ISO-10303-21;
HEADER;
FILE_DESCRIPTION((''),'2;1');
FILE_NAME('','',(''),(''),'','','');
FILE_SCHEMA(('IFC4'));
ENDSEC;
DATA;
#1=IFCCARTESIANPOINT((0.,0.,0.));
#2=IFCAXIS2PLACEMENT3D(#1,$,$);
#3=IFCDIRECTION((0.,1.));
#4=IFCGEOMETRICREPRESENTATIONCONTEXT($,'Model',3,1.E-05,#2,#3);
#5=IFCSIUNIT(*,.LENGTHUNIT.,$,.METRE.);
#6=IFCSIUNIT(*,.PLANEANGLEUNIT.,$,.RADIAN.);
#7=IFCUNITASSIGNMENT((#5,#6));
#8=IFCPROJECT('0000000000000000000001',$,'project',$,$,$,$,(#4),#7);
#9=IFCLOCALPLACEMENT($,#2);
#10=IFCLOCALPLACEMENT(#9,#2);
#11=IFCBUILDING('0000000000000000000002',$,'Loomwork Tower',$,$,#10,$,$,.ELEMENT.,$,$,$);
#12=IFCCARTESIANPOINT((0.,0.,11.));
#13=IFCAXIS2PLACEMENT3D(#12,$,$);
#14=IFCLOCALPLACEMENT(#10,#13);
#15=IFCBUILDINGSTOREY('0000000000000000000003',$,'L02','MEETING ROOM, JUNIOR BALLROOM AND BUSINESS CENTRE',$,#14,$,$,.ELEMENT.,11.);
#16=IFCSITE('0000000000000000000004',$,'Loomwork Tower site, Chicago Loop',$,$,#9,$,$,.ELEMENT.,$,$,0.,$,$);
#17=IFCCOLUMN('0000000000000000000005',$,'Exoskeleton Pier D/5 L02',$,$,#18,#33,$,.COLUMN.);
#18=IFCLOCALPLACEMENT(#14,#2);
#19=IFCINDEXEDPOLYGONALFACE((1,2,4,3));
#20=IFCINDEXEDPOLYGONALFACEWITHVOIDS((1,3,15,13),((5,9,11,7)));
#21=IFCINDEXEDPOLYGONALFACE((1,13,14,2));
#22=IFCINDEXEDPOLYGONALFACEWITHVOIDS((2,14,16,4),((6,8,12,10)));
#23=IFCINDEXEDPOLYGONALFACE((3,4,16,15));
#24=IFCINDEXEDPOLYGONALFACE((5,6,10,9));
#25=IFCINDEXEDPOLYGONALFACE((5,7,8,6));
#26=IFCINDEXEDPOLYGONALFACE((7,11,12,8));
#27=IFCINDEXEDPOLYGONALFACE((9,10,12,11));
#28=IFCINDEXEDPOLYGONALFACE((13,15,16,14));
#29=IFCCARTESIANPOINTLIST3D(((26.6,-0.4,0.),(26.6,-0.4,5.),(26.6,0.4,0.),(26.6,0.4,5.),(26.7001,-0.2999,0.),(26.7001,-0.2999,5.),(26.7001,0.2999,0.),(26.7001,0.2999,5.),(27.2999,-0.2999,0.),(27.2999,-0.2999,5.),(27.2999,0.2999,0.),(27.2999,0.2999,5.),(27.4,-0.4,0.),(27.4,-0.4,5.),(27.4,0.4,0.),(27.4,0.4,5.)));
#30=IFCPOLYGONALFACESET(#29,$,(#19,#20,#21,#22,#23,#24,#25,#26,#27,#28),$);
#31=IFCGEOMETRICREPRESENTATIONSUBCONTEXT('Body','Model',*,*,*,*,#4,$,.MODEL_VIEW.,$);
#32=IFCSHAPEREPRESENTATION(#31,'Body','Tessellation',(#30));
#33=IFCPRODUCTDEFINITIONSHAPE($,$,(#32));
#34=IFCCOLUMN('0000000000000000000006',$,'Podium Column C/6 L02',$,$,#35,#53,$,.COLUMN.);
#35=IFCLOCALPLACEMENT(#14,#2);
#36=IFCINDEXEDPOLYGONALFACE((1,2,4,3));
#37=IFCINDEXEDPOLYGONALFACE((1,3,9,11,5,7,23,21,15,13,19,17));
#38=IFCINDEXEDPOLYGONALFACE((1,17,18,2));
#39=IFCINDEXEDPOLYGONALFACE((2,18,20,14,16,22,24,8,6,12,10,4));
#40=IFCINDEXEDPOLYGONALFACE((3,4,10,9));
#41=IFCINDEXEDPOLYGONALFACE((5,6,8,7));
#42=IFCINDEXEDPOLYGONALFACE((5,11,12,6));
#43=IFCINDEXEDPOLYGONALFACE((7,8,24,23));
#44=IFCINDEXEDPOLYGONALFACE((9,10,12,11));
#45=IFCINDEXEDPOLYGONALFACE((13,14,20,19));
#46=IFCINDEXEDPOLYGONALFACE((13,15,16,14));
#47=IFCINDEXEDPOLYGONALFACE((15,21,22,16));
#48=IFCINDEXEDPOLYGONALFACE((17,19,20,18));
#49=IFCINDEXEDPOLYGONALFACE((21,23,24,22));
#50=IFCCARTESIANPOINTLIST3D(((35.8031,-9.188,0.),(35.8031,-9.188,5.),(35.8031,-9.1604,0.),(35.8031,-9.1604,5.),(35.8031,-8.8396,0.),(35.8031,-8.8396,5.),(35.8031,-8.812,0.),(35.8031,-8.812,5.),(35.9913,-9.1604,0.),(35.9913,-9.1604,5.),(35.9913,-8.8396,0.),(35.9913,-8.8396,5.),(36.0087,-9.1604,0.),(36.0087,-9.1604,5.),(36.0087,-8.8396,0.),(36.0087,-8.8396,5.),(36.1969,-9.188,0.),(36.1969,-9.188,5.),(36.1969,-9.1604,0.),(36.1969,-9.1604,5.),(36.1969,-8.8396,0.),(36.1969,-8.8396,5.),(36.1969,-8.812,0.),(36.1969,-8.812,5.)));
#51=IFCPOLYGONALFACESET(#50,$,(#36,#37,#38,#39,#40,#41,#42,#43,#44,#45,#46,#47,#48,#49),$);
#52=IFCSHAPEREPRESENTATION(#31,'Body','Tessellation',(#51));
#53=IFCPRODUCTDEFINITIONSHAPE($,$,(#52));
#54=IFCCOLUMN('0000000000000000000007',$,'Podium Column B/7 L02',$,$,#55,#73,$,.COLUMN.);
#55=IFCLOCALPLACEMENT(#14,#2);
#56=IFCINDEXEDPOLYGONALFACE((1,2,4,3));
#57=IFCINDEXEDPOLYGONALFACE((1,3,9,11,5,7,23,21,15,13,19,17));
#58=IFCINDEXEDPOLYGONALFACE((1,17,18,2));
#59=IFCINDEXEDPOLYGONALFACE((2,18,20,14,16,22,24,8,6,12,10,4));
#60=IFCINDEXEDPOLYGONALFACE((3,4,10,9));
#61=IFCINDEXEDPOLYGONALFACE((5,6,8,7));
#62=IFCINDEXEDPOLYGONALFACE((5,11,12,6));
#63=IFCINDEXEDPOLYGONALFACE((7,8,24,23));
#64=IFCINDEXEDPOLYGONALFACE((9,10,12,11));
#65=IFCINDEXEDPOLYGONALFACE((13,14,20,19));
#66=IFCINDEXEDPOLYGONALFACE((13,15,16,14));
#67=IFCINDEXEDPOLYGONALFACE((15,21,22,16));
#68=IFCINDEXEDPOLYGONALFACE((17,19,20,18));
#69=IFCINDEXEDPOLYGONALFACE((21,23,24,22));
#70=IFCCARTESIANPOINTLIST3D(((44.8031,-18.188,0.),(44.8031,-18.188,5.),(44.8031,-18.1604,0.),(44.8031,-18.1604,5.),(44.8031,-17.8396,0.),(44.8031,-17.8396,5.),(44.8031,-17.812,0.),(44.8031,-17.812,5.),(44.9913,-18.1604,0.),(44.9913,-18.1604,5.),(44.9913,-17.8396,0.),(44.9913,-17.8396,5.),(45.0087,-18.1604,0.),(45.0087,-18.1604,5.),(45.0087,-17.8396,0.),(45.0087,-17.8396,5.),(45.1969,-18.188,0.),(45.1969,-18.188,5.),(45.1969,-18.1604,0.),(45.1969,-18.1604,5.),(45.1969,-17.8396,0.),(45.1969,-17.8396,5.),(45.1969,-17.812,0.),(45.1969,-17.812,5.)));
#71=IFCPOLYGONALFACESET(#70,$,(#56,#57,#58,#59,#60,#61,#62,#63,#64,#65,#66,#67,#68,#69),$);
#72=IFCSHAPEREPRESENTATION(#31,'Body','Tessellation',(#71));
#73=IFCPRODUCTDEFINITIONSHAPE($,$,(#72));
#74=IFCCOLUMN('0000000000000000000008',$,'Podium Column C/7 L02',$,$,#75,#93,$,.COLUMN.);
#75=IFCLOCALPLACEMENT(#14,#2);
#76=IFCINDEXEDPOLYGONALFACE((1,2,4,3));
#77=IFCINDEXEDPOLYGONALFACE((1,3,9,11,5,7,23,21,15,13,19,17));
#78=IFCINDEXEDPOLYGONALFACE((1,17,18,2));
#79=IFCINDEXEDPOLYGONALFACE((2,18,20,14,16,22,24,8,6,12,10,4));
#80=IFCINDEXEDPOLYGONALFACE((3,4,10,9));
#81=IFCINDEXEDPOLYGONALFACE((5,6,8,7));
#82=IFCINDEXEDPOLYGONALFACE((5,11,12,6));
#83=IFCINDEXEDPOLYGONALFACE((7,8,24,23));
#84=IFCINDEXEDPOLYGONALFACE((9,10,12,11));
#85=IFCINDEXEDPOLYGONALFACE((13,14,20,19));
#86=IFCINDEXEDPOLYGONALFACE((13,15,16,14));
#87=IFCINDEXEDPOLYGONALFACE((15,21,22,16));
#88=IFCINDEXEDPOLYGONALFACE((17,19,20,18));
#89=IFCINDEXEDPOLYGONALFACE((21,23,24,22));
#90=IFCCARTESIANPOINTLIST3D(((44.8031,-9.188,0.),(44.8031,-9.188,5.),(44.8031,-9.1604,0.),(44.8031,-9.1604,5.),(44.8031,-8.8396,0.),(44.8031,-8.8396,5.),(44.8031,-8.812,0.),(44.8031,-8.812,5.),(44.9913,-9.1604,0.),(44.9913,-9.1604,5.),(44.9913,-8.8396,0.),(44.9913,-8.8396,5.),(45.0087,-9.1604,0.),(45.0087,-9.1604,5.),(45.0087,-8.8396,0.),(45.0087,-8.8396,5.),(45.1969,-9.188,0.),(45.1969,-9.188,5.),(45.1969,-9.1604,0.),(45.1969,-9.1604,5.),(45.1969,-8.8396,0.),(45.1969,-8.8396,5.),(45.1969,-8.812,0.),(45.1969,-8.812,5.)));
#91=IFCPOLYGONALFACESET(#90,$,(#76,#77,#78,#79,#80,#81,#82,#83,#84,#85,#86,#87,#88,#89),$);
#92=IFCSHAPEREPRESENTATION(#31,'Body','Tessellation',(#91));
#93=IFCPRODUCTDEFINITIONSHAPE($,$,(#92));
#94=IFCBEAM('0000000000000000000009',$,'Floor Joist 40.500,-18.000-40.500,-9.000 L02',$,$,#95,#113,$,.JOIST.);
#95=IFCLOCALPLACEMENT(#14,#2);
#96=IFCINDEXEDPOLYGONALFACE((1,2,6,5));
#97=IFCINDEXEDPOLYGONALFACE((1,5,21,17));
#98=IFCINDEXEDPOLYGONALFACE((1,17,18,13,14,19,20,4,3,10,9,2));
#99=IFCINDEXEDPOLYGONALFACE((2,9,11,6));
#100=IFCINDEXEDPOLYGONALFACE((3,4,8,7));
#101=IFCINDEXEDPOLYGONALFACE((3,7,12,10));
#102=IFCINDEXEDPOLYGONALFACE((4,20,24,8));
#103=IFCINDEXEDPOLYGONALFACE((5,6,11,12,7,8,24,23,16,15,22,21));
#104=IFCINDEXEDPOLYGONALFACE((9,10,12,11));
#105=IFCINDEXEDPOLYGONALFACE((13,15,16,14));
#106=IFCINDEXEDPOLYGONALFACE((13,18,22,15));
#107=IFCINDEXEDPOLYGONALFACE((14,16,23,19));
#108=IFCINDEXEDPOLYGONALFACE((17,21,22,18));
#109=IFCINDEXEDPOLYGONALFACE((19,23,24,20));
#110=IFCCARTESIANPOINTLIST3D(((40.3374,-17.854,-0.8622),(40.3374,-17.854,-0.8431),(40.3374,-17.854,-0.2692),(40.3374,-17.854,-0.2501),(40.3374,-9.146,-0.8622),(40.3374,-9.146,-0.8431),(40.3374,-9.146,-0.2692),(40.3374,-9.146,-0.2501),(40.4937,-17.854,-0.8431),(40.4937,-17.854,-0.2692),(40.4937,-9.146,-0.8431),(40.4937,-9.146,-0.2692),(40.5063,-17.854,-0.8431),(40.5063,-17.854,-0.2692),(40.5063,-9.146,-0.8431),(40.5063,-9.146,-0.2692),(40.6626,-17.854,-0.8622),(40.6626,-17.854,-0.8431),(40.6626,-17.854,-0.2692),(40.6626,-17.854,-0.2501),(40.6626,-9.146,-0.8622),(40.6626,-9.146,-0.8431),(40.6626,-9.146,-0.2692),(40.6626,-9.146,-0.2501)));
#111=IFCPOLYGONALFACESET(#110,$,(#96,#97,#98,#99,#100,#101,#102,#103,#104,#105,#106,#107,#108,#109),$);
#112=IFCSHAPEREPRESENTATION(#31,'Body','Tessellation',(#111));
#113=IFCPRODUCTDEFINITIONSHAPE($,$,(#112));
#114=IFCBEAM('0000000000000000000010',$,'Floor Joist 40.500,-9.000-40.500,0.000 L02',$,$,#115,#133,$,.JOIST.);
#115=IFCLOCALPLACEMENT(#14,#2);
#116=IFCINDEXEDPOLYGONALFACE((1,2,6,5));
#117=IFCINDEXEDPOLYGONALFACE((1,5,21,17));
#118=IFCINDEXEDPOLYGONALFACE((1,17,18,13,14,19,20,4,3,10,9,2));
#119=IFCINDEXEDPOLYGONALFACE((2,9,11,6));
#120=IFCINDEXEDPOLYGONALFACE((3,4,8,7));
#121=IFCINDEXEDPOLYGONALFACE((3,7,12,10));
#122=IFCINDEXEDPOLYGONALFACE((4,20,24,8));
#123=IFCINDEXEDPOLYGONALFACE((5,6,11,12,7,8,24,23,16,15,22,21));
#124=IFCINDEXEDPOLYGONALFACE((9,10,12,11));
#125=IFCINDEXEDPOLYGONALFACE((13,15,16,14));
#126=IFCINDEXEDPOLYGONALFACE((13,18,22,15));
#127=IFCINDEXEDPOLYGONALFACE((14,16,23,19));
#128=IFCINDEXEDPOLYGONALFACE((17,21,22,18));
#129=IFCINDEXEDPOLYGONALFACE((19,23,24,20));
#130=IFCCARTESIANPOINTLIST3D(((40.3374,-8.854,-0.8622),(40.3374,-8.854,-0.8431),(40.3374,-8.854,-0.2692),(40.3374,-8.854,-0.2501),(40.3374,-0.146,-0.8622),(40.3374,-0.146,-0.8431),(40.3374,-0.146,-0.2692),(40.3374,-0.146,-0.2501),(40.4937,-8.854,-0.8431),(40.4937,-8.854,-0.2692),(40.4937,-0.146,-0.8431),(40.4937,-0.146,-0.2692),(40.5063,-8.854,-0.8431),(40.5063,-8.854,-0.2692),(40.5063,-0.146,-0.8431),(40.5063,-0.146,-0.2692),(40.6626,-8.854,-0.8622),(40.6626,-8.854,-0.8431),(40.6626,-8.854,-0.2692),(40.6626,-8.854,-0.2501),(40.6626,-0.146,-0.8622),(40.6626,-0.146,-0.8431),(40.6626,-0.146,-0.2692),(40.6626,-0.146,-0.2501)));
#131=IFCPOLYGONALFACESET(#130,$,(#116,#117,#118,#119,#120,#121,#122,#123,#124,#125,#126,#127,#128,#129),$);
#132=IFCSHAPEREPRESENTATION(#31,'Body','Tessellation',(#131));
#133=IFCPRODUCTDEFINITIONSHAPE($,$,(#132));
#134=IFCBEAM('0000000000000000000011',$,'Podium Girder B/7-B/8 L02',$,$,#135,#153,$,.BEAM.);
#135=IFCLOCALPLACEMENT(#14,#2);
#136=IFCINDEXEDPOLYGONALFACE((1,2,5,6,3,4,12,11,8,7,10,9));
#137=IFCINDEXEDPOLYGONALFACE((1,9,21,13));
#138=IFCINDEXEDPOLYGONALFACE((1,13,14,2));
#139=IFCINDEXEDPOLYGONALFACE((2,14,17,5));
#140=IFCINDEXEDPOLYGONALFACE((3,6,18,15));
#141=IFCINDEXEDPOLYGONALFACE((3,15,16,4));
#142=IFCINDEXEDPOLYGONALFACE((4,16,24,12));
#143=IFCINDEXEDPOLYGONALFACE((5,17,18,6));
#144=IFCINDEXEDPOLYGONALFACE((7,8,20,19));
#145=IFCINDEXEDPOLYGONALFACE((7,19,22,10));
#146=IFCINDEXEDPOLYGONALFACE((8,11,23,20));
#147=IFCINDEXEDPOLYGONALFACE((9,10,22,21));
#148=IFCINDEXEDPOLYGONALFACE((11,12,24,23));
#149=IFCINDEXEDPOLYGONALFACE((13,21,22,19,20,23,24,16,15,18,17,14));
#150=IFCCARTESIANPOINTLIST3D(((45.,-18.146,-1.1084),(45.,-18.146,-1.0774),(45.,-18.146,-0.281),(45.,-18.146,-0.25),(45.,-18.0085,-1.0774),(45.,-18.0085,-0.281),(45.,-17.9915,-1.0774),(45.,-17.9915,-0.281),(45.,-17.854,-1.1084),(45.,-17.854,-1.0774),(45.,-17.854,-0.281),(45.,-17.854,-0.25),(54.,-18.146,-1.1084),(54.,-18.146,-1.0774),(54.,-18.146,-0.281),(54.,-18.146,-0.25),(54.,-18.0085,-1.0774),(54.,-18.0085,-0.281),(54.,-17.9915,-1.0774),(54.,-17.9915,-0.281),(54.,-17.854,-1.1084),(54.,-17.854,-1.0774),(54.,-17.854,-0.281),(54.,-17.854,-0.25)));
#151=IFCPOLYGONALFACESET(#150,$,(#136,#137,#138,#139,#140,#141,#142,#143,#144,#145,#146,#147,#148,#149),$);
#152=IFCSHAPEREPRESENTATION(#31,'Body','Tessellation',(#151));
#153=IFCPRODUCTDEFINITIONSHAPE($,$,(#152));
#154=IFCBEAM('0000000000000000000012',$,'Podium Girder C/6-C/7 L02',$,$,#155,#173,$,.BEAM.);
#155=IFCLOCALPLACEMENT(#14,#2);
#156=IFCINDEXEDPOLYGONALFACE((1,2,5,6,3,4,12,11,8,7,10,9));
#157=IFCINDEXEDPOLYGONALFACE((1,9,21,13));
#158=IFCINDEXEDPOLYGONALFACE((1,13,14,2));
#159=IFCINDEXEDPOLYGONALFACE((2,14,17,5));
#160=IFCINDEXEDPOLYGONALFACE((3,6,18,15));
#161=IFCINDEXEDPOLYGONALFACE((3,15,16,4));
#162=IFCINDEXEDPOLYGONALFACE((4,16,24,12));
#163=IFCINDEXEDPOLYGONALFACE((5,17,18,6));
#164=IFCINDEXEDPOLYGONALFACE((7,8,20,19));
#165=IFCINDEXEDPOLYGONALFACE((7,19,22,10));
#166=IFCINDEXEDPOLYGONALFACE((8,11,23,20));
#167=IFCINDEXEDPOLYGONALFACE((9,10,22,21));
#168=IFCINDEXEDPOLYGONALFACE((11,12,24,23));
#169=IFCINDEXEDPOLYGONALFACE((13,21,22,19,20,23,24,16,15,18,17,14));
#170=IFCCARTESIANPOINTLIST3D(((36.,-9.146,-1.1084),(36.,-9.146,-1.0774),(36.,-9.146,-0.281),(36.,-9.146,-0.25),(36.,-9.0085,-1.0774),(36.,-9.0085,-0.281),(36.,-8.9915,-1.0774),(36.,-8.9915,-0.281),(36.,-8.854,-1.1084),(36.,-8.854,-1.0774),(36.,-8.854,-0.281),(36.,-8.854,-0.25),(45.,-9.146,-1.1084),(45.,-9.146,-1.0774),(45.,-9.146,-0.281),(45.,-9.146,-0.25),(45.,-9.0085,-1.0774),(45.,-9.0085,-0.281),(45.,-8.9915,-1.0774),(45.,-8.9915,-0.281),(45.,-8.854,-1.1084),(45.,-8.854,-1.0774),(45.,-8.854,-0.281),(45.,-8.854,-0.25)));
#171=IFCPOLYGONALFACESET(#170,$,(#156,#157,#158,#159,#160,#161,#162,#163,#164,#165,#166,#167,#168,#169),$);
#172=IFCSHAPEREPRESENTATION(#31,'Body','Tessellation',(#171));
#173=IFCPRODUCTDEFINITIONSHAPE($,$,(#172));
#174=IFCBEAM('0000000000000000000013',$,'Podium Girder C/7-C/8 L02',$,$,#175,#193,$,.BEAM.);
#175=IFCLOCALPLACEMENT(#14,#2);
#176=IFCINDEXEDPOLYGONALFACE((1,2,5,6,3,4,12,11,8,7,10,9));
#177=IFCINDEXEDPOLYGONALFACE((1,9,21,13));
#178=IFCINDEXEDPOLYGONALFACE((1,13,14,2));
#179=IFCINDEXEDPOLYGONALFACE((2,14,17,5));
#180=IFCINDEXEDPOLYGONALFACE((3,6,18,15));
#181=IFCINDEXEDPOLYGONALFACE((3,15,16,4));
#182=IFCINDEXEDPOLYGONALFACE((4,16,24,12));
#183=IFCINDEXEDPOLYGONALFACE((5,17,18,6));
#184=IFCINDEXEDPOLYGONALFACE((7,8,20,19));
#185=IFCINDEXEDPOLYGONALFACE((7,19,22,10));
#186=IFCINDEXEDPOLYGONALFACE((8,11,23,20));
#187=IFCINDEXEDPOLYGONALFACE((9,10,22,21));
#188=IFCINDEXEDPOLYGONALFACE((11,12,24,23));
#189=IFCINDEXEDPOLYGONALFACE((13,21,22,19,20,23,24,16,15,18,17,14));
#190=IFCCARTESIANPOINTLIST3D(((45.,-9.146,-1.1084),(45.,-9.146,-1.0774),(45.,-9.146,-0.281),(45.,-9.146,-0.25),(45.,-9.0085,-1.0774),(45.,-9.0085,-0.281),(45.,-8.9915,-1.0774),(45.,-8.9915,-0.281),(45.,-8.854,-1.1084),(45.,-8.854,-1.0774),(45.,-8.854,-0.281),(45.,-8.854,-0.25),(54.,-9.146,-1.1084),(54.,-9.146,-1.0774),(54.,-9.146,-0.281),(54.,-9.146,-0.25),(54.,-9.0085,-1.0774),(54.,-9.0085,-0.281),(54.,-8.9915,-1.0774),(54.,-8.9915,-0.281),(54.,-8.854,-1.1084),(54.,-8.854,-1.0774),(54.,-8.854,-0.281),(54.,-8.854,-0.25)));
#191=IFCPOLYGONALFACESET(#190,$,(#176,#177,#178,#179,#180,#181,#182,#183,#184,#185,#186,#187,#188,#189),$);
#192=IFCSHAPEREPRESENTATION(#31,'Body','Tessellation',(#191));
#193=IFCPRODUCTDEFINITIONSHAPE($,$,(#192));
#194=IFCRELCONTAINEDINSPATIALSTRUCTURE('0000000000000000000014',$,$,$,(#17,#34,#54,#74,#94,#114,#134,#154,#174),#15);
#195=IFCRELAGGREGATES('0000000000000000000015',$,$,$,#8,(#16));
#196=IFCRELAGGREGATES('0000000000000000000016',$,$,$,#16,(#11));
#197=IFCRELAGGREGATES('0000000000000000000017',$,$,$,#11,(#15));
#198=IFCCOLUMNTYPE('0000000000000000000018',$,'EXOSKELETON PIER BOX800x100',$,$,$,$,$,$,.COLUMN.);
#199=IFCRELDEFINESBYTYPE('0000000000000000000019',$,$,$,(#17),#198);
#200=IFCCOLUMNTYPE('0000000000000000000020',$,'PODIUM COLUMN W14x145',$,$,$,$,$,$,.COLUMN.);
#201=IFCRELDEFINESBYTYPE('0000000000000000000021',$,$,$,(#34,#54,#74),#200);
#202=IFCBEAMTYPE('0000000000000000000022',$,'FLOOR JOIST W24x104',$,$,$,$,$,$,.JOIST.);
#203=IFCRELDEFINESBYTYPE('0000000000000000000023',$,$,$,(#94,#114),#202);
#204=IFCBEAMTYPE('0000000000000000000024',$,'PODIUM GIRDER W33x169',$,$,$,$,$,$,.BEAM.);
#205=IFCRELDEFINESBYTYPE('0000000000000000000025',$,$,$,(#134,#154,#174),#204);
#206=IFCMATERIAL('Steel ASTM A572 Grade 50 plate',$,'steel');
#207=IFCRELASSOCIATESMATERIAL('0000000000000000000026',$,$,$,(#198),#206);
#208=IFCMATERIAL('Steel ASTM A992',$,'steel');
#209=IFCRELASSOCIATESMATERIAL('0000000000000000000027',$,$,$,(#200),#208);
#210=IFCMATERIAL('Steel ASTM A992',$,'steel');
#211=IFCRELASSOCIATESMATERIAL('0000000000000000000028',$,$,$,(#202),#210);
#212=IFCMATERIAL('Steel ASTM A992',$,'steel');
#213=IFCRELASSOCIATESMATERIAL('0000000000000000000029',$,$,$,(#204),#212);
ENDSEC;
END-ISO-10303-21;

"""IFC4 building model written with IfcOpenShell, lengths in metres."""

from ifc_helpers import new_model, si_unit, direction, frame, origin, origin_2d, place, context, subcontext, project, spatial, hollow_rectangle, i_section, extrude, material, material_profile, profile_set, type_object, element, save


model = new_model("IFC4")

# Units and contexts
model_context = context("Model", 3, precision=1e-05, world=origin(), true_north=direction((0.0, 1.0)))
body_context = subcontext(model_context, "Body", "Model", "MODEL_VIEW")
ifc_project = project(units=[si_unit("LENGTHUNIT", "METRE"), si_unit("PLANEANGLEUNIT", "RADIAN")], contexts=[model_context])

# Site, building, storey
site_placement = place(None, origin())
site = spatial("IfcSite", under=ifc_project, at=site_placement, Name="Loomwork Tower site, Chicago Loop", CompositionType="ELEMENT", RefElevation=0.0)
building_placement = place(site_placement, origin())
building = spatial("IfcBuilding", under=site, at=building_placement, Name="Loomwork Tower", CompositionType="ELEMENT")
storey_placement = place(building_placement, frame((0.0, 0.0, 11.0)))
storey = spatial("IfcBuildingStorey", under=building, at=storey_placement, Name="L02", Description="MEETING ROOM, JUNIOR BALLROOM AND BUSINESS CENTRE", CompositionType="ELEMENT", Elevation=11.0)

# Columns
ifc_material_1 = material(Name="Steel ASTM A572 Grade 50 plate", Category="steel")
ifc_material_profile_1 = material_profile(ifc_material_1, hollow_rectangle(XDim=0.8, YDim=0.8, WallThickness=0.1001, at=origin_2d()), Name="BOX800x100")
ifc_profile_set_1 = profile_set([ifc_material_profile_1], Name="Steel ASTM A572 Grade 50 plate")
column_type_1 = type_object("IfcColumnType", Name="EXOSKELETON PIER BOX800x100", PredefinedType="COLUMN", material=ifc_profile_set_1)
column_placement = place(storey_placement, frame((27.0, 0.0, 0.0), z_axis=(0.0, 0.0, 1.0), x_axis=(1.0, 0.0, 0.0)))
element("IfcColumn", 1, at=column_placement, inside=storey, type_object=column_type_1, Name="Exoskeleton Pier D/5 L02", PredefinedType="COLUMN", context=body_context, shape_type="SweptSolid", body=[
    extrude(hollow_rectangle(XDim=0.8, YDim=0.8, WallThickness=0.1001, at=origin_2d()), origin(), (0.0, 0.0, 1.0), 5.0),
])
ifc_material_2 = material(Name="Steel ASTM A992", Category="steel")
ifc_material_profile_2 = material_profile(ifc_material_2, i_section(OverallWidth=0.3938, OverallDepth=0.376, WebThickness=0.0173, FlangeThickness=0.0276, at=origin_2d()), Name="W14x145")
ifc_profile_set_2 = profile_set([ifc_material_profile_2], Name="Steel ASTM A992")
column_type_2 = type_object("IfcColumnType", Name="PODIUM COLUMN W14x145", PredefinedType="COLUMN", material=ifc_profile_set_2)
for number, where, z_axis, x_axis, name in (
    (2, (36.0, -9.0, 0.0), (0.0, 0.0, 1.0), (1.0, 0.0, 0.0), "Podium Column C/6 L02"),
    (3, (45.0, -18.0, 0.0), (0.0, 0.0, 1.0), (1.0, 0.0, 0.0), "Podium Column B/7 L02"),
    (4, (45.0, -9.0, 0.0), (0.0, 0.0, 1.0), (1.0, 0.0, 0.0), "Podium Column C/7 L02"),
):
    element("IfcColumn", number, at=place(storey_placement, frame(where, z_axis=z_axis, x_axis=x_axis)), inside=storey, type_object=column_type_2, Name=name, PredefinedType="COLUMN", context=body_context, shape_type="SweptSolid", body=[
        extrude(i_section(OverallWidth=0.3938, OverallDepth=0.376, WebThickness=0.0173, FlangeThickness=0.0276, at=origin_2d()), origin(), (0.0, 0.0, 1.0), 5.0),
    ])

# Beams
ifc_material_3 = material(Name="Steel ASTM A992", Category="steel")
ifc_material_profile_3 = material_profile(ifc_material_3, i_section(OverallWidth=0.3252, OverallDepth=0.6121, WebThickness=0.0127, FlangeThickness=0.019, at=origin_2d()), Name="W24x104")
ifc_profile_set_3 = profile_set([ifc_material_profile_3], Name="Steel ASTM A992")
beam_type_1 = type_object("IfcBeamType", Name="FLOOR JOIST W24x104", PredefinedType="JOIST", material=ifc_profile_set_3)
for number, where, z_axis, x_axis, name in (
    (5, (40.5, -17.854, -0.5562), (0.0, 1.0, 0.0), (-1.0, 0.0, 0.0), "Floor Joist 40.500,-18.000-40.500,-9.000 L02"),
    (6, (40.5, -8.854, -0.5562), (0.0, 1.0, 0.0), (-1.0, 0.0, 0.0), "Floor Joist 40.500,-9.000-40.500,0.000 L02"),
):
    element("IfcBeam", number, at=place(storey_placement, frame(where, z_axis=z_axis, x_axis=x_axis)), inside=storey, type_object=beam_type_1, Name=name, PredefinedType="JOIST", context=body_context, shape_type="SweptSolid", body=[
        extrude(i_section(OverallWidth=0.3252, OverallDepth=0.6121, WebThickness=0.0127, FlangeThickness=0.019, at=origin_2d()), origin(), (0.0, 0.0, 1.0), 8.708),
    ])
ifc_material_4 = material(Name="Steel ASTM A992", Category="steel")
ifc_material_profile_4 = material_profile(ifc_material_4, i_section(OverallWidth=0.292, OverallDepth=0.8584, WebThickness=0.0171, FlangeThickness=0.031, at=origin_2d()), Name="W33x169")
ifc_profile_set_4 = profile_set([ifc_material_profile_4], Name="Steel ASTM A992")
beam_type_2 = type_object("IfcBeamType", Name="PODIUM GIRDER W33x169", PredefinedType="BEAM", material=ifc_profile_set_4)
for number, where, z_axis, x_axis, name in (
    (7, (45.0, -18.0, -0.6792), (1.0, 0.0, 0.0), (0.0, 1.0, 0.0), "Podium Girder B/7-B/8 L02"),
    (8, (36.0, -9.0, -0.6792), (1.0, 0.0, 0.0), (0.0, 1.0, 0.0), "Podium Girder C/6-C/7 L02"),
    (9, (45.0, -9.0, -0.6792), (1.0, 0.0, 0.0), (0.0, 1.0, 0.0), "Podium Girder C/7-C/8 L02"),
):
    element("IfcBeam", number, at=place(storey_placement, frame(where, z_axis=z_axis, x_axis=x_axis)), inside=storey, type_object=beam_type_2, Name=name, PredefinedType="BEAM", context=body_context, shape_type="SweptSolid", body=[
        extrude(i_section(OverallWidth=0.292, OverallDepth=0.8584, WebThickness=0.0171, FlangeThickness=0.031, at=origin_2d()), origin(), (0.0, 0.0, 1.0), 9.0),
    ])

save(model, "model.ifc")
